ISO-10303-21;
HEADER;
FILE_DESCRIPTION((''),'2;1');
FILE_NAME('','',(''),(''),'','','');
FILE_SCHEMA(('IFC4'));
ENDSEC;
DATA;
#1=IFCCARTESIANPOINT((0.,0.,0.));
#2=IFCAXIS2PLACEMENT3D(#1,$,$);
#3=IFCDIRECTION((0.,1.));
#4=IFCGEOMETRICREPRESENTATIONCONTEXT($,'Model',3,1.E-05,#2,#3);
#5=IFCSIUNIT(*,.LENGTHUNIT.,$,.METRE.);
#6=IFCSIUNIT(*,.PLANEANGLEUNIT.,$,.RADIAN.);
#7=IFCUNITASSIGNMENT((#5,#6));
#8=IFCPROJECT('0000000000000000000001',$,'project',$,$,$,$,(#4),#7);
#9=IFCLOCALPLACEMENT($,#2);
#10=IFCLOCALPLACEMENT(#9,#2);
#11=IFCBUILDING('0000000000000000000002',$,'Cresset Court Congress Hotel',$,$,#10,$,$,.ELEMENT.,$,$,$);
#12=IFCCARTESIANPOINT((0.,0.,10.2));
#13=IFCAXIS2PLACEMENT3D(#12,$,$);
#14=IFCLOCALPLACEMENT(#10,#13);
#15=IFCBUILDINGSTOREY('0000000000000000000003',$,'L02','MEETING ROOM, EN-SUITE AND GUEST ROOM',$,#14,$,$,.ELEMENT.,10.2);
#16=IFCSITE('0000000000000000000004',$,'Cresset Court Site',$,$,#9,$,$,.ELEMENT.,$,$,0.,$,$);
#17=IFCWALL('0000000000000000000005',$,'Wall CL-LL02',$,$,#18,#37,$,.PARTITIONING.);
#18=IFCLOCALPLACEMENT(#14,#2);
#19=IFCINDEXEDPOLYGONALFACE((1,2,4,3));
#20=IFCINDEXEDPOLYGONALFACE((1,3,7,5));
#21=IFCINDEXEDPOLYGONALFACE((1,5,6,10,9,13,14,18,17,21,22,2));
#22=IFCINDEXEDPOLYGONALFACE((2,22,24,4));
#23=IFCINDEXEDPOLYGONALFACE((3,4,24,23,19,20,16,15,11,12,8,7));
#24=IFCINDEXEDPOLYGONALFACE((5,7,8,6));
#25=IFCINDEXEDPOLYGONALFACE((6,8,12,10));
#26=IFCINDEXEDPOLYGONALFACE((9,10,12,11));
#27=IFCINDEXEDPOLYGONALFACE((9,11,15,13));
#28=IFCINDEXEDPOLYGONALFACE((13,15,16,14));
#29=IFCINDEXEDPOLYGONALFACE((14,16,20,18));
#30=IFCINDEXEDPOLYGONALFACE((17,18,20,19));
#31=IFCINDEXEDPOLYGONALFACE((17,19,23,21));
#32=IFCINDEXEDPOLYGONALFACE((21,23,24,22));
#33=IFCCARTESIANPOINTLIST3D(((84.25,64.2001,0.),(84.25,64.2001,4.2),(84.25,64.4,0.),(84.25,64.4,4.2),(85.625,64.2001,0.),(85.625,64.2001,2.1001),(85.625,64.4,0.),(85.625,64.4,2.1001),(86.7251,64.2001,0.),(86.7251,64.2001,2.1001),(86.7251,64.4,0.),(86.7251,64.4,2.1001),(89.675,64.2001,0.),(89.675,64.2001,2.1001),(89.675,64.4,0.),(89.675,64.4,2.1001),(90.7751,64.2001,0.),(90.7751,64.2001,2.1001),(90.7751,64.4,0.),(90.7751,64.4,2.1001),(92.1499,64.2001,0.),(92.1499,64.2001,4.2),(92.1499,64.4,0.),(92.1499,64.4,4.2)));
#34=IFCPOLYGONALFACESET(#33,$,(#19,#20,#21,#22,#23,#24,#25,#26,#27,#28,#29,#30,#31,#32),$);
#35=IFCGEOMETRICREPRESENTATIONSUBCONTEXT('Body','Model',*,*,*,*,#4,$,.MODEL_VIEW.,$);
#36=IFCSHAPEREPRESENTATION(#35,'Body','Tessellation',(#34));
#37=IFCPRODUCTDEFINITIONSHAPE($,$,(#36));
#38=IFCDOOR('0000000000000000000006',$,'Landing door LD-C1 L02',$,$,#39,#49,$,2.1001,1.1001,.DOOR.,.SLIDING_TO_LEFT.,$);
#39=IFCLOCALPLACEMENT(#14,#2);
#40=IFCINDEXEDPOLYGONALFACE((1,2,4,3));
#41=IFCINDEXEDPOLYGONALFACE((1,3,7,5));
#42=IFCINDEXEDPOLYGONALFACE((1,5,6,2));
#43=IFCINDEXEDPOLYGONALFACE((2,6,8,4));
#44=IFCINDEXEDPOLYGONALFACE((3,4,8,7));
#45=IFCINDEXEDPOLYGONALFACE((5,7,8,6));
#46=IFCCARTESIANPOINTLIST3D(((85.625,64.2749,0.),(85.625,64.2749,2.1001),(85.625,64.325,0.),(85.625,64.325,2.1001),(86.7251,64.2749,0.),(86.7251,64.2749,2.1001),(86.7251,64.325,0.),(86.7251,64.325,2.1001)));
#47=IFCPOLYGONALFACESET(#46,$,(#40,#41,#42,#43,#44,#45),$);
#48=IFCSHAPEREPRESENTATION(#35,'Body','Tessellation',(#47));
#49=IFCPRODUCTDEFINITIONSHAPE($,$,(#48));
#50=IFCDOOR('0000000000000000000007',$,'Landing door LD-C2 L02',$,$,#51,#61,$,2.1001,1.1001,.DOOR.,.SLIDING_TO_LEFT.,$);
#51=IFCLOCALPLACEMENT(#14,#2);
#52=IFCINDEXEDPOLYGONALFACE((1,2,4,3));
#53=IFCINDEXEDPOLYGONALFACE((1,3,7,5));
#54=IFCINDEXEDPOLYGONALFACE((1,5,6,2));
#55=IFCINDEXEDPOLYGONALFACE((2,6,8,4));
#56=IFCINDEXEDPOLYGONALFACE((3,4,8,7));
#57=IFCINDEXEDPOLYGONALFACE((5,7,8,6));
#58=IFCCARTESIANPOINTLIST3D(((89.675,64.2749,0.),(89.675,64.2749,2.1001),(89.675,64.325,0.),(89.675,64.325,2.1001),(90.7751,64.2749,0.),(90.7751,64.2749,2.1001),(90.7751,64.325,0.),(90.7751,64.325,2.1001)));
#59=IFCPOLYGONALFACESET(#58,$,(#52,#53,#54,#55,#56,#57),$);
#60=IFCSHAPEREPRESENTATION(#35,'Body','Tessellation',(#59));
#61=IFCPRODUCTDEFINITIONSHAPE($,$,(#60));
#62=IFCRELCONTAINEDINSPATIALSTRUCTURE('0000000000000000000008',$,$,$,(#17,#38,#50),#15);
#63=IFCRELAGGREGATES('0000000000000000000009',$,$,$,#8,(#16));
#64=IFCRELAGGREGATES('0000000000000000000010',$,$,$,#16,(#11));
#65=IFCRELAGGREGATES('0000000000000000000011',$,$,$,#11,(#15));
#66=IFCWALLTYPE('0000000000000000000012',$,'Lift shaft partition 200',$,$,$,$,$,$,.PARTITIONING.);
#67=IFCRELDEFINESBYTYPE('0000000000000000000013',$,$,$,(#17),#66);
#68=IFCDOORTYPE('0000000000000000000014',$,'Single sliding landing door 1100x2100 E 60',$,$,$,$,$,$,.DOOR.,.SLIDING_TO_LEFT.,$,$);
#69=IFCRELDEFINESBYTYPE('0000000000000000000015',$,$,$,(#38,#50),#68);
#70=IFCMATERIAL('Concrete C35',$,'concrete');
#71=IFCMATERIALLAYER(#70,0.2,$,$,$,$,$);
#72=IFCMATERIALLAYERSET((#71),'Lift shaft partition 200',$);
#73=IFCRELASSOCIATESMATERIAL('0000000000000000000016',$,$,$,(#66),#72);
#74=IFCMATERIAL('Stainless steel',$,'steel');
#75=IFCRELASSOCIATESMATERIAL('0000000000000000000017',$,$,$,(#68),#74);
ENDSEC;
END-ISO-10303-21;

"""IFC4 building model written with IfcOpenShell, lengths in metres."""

from ifc_helpers import new_model, si_unit, direction, frame, frame_2d, origin, place, context, subcontext, project, spatial, rectangle, extrude, material, layer, layer_set, type_object, element, fill, save


model = new_model("IFC4")

# Units and contexts
model_context = context("Model", 3, precision=1e-05, world=origin(), true_north=direction((0.0, 1.0)))
body_context = subcontext(model_context, "Body", "Model", "MODEL_VIEW")
ifc_project = project(units=[si_unit("LENGTHUNIT", "METRE"), si_unit("PLANEANGLEUNIT", "RADIAN")], contexts=[model_context])

# Site, building, storey
site_placement = place(None, origin())
site = spatial("IfcSite", under=ifc_project, at=site_placement, Name="Cresset Court Site", CompositionType="ELEMENT", RefElevation=0.0)
building_placement = place(site_placement, origin())
building = spatial("IfcBuilding", under=site, at=building_placement, Name="Cresset Court Congress Hotel", CompositionType="ELEMENT")
storey_placement = place(building_placement, frame((0.0, 0.0, 10.2)))
storey = spatial("IfcBuildingStorey", under=building, at=storey_placement, Name="L02", Description="MEETING ROOM, EN-SUITE AND GUEST ROOM", CompositionType="ELEMENT", Elevation=10.2)

# Shared definitions
ifc_material_1 = material(Name="Concrete C35", Category="concrete")
ifc_layer_1 = layer(ifc_material_1, 0.2)
ifc_layer_set_1 = layer_set([ifc_layer_1], Name="Lift shaft partition 200")
wall_type_1 = type_object("IfcWallType", Name="Lift shaft partition 200", PredefinedType="PARTITIONING", material=ifc_layer_set_1)

# Wall, openings, doors
wall_1_placement = place(storey_placement, frame((84.25, 64.3, 0.0), z_axis=(0.0, 0.0, 1.0), x_axis=(1.0, 0.0, 0.0)))
wall_1 = element("IfcWall", 1, at=wall_1_placement, inside=storey, type_object=wall_type_1, Name="Wall CL-LL02", PredefinedType="PARTITIONING", context=body_context, shape_type="SweptSolid", body=[
    extrude(rectangle(XDim=7.8999, YDim=0.2, at=frame_2d((3.95, 0.0))), origin(), (0.0, 0.0, 1.0), 4.2),
])
opening_1_placement = place(wall_1_placement, frame((1.375, 0.0, 0.0)))
opening_1 = element("IfcOpeningElement", 2, at=opening_1_placement, cuts=wall_1, PredefinedType="OPENING", context=body_context, shape_type="SweptSolid", body=[
    extrude(rectangle(XDim=1.1001, YDim=2.1001, at=frame_2d((0.55, 1.05))), frame((0.0, 0.1099, 0.0), z_axis=(0.0, -1.0, 0.0), x_axis=(1.0, 0.0, 0.0)), (0.0, 0.0, 1.0), 0.22),
])
opening_2_placement = place(wall_1_placement, frame((5.425, 0.0, 0.0)))
opening_2 = element("IfcOpeningElement", 3, at=opening_2_placement, cuts=wall_1, PredefinedType="OPENING", context=body_context, shape_type="SweptSolid", body=[
    extrude(rectangle(XDim=1.1001, YDim=2.1001, at=frame_2d((0.55, 1.05))), frame((0.0, 0.1099, 0.0), z_axis=(0.0, -1.0, 0.0), x_axis=(1.0, 0.0, 0.0)), (0.0, 0.0, 1.0), 0.22),
])
ifc_material_2 = material(Name="Stainless steel", Category="steel")
door_type_1 = type_object("IfcDoorType", Name="Single sliding landing door 1100x2100 E 60", OperationType="SLIDING_TO_LEFT", PredefinedType="DOOR", material=ifc_material_2)
door_1_placement = place(opening_1_placement, origin())
door_1 = element("IfcDoor", 4, at=door_1_placement, inside=storey, type_object=door_type_1, Name="Landing door LD-C1 L02", OperationType="SLIDING_TO_LEFT", OverallHeight=2.1001, OverallWidth=1.1001, PredefinedType="DOOR", context=body_context, shape_type="SweptSolid", body=[
    extrude(rectangle(XDim=1.1001, YDim=2.1001, at=frame_2d((0.55, 1.05))), frame((0.0, 0.0249, 0.0), z_axis=(0.0, -1.0, 0.0), x_axis=(1.0, 0.0, 0.0)), (0.0, 0.0, 1.0), 0.05),
])
fill(opening_1, door_1)
door_2_placement = place(opening_2_placement, origin())
door_2 = element("IfcDoor", 5, at=door_2_placement, inside=storey, type_object=door_type_1, Name="Landing door LD-C2 L02", OperationType="SLIDING_TO_LEFT", OverallHeight=2.1001, OverallWidth=1.1001, PredefinedType="DOOR", context=body_context, shape_type="SweptSolid", body=[
    extrude(rectangle(XDim=1.1001, YDim=2.1001, at=frame_2d((0.55, 1.05))), frame((0.0, 0.0249, 0.0), z_axis=(0.0, -1.0, 0.0), x_axis=(1.0, 0.0, 0.0)), (0.0, 0.0, 1.0), 0.05),
])
fill(opening_2, door_2)

save(model, "model.ifc")
